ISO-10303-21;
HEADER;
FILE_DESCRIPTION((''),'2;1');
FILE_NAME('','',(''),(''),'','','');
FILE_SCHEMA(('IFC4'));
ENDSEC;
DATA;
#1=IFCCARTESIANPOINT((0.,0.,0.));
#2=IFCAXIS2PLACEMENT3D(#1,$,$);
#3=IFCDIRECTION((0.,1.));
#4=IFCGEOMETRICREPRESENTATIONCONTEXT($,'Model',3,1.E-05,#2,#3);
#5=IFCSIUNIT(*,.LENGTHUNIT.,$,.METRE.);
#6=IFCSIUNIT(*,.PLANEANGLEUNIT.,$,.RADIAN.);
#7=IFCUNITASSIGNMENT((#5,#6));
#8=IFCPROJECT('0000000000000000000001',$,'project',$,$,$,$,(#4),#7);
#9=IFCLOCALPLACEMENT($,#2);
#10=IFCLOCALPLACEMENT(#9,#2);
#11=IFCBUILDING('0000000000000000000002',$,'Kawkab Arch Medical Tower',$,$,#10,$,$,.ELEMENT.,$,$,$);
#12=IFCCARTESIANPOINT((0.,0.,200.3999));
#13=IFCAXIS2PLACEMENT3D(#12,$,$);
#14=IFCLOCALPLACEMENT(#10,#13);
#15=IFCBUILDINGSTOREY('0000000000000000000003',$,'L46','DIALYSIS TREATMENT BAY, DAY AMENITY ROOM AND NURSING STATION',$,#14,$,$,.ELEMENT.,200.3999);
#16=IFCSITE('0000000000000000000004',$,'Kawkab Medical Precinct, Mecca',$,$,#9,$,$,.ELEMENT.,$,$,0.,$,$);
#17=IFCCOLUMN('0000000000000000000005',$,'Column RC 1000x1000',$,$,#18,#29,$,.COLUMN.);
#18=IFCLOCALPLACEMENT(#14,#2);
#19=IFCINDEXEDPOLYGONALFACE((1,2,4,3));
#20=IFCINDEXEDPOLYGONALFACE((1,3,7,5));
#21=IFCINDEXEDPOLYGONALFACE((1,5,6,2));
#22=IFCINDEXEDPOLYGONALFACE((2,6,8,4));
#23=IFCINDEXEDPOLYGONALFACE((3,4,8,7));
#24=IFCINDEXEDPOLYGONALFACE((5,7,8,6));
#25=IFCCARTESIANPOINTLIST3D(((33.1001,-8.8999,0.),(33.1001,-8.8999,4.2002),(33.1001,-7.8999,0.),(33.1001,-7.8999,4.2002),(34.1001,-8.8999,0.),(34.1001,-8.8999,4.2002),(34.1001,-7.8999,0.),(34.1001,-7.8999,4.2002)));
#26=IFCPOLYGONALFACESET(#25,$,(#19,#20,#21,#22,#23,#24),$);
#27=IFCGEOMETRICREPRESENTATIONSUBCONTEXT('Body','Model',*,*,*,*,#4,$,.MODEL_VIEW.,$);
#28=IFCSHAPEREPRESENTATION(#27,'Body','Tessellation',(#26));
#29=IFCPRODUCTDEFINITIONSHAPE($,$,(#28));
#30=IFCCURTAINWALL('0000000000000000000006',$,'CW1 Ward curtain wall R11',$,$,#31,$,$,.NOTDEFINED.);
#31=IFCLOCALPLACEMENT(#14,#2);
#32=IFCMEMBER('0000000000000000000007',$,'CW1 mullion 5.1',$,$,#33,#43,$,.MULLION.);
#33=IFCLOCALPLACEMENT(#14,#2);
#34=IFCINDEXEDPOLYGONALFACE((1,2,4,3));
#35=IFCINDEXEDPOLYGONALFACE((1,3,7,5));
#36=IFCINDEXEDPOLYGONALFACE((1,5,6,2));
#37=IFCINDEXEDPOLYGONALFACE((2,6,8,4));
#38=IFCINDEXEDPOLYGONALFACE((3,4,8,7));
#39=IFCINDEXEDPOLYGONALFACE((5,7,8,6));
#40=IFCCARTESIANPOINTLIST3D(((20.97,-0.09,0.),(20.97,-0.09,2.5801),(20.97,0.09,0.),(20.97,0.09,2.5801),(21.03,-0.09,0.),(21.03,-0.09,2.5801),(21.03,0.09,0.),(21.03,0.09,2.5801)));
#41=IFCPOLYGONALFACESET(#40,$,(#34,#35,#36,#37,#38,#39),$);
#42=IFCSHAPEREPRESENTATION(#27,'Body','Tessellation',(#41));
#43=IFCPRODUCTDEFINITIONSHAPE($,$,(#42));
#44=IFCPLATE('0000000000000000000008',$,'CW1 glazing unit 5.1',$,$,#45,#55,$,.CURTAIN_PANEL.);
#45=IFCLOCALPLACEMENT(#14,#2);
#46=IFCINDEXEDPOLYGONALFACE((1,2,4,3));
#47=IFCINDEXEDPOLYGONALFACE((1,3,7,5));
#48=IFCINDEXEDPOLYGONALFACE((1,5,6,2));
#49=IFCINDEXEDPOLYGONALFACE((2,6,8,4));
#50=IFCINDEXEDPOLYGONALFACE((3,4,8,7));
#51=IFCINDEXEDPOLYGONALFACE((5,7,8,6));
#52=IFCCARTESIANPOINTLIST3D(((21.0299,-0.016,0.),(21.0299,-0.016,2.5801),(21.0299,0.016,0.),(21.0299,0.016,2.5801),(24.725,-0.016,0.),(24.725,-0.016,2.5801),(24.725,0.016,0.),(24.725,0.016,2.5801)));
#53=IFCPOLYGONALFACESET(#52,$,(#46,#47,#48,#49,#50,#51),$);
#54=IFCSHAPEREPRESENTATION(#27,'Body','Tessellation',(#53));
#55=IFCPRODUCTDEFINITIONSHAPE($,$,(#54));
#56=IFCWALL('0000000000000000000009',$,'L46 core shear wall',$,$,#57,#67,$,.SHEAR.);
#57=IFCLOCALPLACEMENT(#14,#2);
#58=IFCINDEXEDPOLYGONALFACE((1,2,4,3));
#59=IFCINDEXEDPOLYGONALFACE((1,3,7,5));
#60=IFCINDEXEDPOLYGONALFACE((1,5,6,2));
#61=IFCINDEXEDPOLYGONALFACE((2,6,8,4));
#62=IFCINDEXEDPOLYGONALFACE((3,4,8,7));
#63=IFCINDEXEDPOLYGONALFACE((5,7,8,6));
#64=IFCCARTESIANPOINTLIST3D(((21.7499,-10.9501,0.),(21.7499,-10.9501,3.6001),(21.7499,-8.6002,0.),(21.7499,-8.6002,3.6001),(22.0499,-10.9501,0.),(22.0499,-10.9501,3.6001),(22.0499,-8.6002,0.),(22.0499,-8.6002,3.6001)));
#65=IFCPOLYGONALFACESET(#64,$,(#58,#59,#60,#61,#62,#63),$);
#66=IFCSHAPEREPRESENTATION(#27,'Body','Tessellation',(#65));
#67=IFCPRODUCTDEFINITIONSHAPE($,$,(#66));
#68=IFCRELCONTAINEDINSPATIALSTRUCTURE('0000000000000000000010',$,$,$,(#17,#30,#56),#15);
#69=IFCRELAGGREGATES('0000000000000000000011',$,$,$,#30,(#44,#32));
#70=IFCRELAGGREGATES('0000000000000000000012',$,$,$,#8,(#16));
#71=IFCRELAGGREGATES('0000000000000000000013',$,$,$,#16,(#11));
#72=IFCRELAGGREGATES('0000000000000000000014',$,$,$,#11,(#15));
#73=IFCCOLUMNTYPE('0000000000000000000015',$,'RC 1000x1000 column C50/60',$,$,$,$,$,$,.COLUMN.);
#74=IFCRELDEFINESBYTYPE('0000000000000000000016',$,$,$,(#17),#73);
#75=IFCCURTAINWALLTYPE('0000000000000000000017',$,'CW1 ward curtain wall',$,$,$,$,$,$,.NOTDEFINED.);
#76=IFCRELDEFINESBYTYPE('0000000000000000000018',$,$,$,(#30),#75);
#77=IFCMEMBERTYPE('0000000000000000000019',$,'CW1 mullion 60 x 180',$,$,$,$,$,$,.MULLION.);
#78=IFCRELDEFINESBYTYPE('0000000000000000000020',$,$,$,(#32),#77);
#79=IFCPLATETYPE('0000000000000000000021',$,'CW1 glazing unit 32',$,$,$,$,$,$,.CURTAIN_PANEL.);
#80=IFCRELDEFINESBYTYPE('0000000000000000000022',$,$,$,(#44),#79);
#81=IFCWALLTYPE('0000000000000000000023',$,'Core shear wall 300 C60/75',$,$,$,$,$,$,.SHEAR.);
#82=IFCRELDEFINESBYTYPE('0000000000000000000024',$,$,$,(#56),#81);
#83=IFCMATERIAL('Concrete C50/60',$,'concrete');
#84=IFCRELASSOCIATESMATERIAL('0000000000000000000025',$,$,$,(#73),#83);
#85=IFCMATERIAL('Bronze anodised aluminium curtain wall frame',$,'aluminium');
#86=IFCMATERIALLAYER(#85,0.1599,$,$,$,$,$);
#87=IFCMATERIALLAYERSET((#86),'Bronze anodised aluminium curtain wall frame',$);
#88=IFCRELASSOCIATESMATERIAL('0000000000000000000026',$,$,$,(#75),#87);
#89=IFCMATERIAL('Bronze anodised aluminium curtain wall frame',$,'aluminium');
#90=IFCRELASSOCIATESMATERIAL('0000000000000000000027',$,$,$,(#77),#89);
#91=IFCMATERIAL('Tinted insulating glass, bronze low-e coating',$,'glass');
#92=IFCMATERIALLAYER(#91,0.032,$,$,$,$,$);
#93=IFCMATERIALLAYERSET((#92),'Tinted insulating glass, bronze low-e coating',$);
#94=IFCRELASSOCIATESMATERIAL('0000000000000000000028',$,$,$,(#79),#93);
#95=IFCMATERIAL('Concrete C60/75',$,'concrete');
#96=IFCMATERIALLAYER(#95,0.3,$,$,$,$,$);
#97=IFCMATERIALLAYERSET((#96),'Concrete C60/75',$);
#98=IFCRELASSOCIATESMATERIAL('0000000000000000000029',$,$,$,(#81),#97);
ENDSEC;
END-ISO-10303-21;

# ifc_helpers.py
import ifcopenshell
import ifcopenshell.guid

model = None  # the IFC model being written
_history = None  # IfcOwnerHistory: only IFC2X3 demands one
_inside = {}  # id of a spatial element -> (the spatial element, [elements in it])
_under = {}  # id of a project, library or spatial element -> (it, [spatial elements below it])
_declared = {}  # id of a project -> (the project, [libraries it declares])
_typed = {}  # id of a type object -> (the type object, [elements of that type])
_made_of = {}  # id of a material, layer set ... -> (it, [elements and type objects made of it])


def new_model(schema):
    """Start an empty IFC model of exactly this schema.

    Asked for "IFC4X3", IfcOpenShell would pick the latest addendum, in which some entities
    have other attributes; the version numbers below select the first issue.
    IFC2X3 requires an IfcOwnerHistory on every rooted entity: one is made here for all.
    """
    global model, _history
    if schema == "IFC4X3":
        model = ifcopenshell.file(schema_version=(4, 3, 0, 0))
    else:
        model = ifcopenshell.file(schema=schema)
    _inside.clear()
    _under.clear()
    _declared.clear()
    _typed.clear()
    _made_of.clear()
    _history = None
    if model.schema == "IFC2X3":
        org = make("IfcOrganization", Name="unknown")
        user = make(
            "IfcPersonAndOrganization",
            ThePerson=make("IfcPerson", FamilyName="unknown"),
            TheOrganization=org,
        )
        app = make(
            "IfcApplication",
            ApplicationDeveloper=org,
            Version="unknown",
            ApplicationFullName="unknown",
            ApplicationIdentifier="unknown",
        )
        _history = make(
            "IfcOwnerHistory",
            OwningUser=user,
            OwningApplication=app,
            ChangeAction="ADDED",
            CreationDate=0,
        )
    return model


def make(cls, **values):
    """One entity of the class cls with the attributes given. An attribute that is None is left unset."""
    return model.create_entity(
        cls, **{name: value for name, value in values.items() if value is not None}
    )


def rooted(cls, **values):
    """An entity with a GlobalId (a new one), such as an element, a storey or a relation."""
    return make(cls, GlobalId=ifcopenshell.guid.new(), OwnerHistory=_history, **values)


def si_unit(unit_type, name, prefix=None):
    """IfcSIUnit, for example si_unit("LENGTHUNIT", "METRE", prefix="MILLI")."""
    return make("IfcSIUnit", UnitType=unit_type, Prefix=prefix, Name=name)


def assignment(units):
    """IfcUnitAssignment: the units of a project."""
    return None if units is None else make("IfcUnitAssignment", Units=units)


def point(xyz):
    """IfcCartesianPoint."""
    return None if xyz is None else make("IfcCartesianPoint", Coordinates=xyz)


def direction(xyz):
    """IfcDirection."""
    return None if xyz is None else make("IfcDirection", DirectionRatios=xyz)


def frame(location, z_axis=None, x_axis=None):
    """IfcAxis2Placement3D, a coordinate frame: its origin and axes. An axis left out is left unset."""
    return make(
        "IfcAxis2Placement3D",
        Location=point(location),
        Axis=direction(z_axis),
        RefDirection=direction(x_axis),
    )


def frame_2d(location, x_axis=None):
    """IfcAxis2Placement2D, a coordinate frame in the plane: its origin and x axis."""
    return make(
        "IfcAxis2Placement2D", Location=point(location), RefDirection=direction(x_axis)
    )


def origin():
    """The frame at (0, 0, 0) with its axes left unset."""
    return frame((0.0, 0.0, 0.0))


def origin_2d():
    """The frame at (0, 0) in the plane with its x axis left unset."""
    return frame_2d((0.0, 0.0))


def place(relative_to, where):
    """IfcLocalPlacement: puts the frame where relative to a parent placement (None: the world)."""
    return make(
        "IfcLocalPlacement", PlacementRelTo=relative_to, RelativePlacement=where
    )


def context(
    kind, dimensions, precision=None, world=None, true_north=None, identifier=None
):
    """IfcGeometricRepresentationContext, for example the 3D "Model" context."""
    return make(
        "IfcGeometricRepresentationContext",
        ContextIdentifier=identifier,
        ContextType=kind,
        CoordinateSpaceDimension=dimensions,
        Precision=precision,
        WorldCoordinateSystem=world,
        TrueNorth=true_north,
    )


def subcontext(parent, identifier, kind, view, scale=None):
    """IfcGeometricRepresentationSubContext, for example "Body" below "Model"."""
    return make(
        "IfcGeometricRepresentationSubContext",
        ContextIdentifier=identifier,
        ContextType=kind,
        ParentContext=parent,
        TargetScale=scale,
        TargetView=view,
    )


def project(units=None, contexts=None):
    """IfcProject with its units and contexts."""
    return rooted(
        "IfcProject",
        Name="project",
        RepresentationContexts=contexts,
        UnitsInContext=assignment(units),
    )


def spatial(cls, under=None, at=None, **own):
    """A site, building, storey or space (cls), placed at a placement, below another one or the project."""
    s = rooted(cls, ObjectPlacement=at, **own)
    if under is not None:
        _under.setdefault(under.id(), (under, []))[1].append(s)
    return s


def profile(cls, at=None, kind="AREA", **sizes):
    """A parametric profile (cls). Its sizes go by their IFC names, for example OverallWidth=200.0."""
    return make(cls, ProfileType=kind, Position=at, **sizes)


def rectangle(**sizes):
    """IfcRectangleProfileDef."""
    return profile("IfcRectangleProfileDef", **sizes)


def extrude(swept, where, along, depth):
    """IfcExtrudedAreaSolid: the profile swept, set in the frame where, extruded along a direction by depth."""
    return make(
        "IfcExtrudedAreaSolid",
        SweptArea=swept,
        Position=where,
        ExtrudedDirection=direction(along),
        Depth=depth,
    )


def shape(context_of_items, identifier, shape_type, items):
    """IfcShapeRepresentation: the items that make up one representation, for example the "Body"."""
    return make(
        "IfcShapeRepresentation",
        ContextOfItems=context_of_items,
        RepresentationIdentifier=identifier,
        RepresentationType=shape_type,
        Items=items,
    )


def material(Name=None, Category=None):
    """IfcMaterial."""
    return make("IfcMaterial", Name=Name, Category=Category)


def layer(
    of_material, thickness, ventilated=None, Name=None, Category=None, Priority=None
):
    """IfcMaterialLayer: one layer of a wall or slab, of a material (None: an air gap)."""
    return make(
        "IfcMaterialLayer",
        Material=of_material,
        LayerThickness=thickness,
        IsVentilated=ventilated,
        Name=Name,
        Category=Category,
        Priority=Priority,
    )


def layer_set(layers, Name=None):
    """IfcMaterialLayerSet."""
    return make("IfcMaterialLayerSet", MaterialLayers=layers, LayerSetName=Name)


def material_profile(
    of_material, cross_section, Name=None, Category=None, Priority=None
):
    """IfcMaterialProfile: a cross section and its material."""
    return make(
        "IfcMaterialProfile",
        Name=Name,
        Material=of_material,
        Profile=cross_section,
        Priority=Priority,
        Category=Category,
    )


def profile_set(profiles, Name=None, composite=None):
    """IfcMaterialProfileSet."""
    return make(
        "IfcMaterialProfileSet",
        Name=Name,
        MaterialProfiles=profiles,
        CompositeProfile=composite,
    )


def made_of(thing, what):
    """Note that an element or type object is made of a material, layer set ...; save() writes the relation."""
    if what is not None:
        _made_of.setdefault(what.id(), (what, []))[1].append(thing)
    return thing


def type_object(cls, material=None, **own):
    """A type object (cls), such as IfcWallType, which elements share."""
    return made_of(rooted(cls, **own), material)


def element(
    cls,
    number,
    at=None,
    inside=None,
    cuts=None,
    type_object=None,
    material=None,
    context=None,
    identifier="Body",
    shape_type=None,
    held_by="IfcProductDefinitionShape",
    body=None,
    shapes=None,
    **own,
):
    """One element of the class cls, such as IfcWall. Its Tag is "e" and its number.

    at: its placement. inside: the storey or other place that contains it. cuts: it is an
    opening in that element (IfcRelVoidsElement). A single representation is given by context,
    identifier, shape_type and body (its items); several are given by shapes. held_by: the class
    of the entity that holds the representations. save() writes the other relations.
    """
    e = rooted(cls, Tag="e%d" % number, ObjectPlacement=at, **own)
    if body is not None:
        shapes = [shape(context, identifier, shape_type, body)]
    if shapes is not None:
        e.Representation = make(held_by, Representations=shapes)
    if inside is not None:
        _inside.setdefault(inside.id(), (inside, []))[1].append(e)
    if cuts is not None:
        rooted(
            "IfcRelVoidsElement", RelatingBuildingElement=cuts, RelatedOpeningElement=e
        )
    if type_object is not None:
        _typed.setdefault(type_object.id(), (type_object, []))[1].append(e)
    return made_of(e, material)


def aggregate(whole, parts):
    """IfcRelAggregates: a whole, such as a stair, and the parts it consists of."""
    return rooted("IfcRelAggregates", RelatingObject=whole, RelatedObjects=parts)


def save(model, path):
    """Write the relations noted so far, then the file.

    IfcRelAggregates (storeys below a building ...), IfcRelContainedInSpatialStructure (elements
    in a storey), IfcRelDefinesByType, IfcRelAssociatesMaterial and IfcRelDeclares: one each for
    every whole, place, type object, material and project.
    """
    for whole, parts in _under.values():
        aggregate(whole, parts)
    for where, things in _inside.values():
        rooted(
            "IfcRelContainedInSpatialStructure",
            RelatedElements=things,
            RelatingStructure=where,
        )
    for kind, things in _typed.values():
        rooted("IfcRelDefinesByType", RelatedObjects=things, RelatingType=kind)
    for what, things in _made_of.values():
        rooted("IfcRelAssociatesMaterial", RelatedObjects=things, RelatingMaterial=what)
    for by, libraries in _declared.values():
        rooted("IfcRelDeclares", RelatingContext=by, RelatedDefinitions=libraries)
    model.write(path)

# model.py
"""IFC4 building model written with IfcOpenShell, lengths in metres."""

from ifc_helpers import new_model, si_unit, direction, frame, frame_2d, origin, origin_2d, place, context, subcontext, project, spatial, rectangle, extrude, material, layer, layer_set, material_profile, profile_set, type_object, element, aggregate, save


model = new_model("IFC4")

# Units and contexts
model_context = context("Model", 3, precision=1e-05, world=origin(), true_north=direction((0.0, 1.0)))
body_context = subcontext(model_context, "Body", "Model", "MODEL_VIEW")
ifc_project = project(units=[si_unit("LENGTHUNIT", "METRE"), si_unit("PLANEANGLEUNIT", "RADIAN")], contexts=[model_context])

# Site, building, storey
site_placement = place(None, origin())
site = spatial("IfcSite", under=ifc_project, at=site_placement, Name="Kawkab Medical Precinct, Mecca", CompositionType="ELEMENT", RefElevation=0.0)
building_placement = place(site_placement, origin())
building = spatial("IfcBuilding", under=site, at=building_placement, Name="Kawkab Arch Medical Tower", CompositionType="ELEMENT")
storey_placement = place(building_placement, frame((0.0, 0.0, 200.3999)))
storey = spatial("IfcBuildingStorey", under=building, at=storey_placement, Name="L46", Description="DIALYSIS TREATMENT BAY, DAY AMENITY ROOM AND NURSING STATION", CompositionType="ELEMENT", Elevation=200.3999)

# Column
ifc_material_1 = material(Name="Concrete C50/60", Category="concrete")
ifc_material_profile_1 = material_profile(ifc_material_1, rectangle(XDim=1.0, YDim=1.0, at=origin_2d()), Name="RC 1000x1000")
ifc_profile_set_1 = profile_set([ifc_material_profile_1], Name="Concrete C50/60")
column_type = type_object("IfcColumnType", Name="RC 1000x1000 column C50/60", PredefinedType="COLUMN", material=ifc_profile_set_1)
column_placement = place(storey_placement, frame((33.6001, -8.3999, 0.0), z_axis=(0.0, 0.0, 1.0), x_axis=(1.0, 0.0, 0.0)))
element("IfcColumn", 1, at=column_placement, inside=storey, type_object=column_type, Name="Column RC 1000x1000", PredefinedType="COLUMN", context=body_context, shape_type="SweptSolid", body=[
    extrude(rectangle(XDim=1.0, YDim=1.0, at=origin_2d()), origin(), (0.0, 0.0, 1.0), 4.2002),
])

# Curtain wall, member, plate
ifc_material_2 = material(Name="Bronze anodised aluminium curtain wall frame", Category="aluminium")
ifc_layer_1 = layer(ifc_material_2, 0.1599)
ifc_layer_set_1 = layer_set([ifc_layer_1], Name="Bronze anodised aluminium curtain wall frame")
curtain_wall_type = type_object("IfcCurtainWallType", Name="CW1 ward curtain wall", PredefinedType="NOTDEFINED", material=ifc_layer_set_1)
placement = place(storey_placement, origin())
curtain_wall = element("IfcCurtainWall", 2, at=placement, inside=storey, type_object=curtain_wall_type, Name="CW1 Ward curtain wall R11", PredefinedType="NOTDEFINED")
ifc_material_3 = material(Name="Bronze anodised aluminium curtain wall frame", Category="aluminium")
ifc_material_profile_2 = material_profile(ifc_material_3, rectangle(XDim=0.1799, YDim=0.0601, at=origin_2d()), Name="AL 60x180")
ifc_profile_set_2 = profile_set([ifc_material_profile_2], Name="Bronze anodised aluminium curtain wall frame")
member_type = type_object("IfcMemberType", Name="CW1 mullion 60 x 180", PredefinedType="MULLION", material=ifc_profile_set_2)
member_placement = place(storey_placement, frame((21.0, 0.0, 0.0), z_axis=(0.0, 0.0, 1.0), x_axis=(0.0, -1.0, 0.0)))
member = element("IfcMember", 3, at=member_placement, type_object=member_type, Name="CW1 mullion 5.1", PredefinedType="MULLION", context=body_context, shape_type="SweptSolid", body=[
    extrude(rectangle(XDim=0.1799, YDim=0.0601, at=origin_2d()), origin(), (0.0, 0.0, 1.0), 2.5801),
])
ifc_material_4 = material(Name="Tinted insulating glass, bronze low-e coating", Category="glass")
ifc_layer_2 = layer(ifc_material_4, 0.032)
ifc_layer_set_2 = layer_set([ifc_layer_2], Name="Tinted insulating glass, bronze low-e coating")
plate_type = type_object("IfcPlateType", Name="CW1 glazing unit 32", PredefinedType="CURTAIN_PANEL", material=ifc_layer_set_2)
plate_placement = place(storey_placement, frame((22.8774, 0.0, 0.0), z_axis=(0.0, 0.0, 1.0), x_axis=(-1.0, 0.0, 0.0)))
plate = element("IfcPlate", 4, at=plate_placement, type_object=plate_type, Name="CW1 glazing unit 5.1", PredefinedType="CURTAIN_PANEL", context=body_context, shape_type="SweptSolid", body=[
    extrude(rectangle(XDim=3.6951, YDim=0.032, at=origin_2d()), origin(), (0.0, 0.0, 1.0), 2.5801),
])
aggregate(curtain_wall, [plate, member])

# Wall
ifc_material_5 = material(Name="Concrete C60/75", Category="concrete")
ifc_layer_3 = layer(ifc_material_5, 0.3)
ifc_layer_set_3 = layer_set([ifc_layer_3], Name="Concrete C60/75")
wall_type_1 = type_object("IfcWallType", Name="Core shear wall 300 C60/75", PredefinedType="SHEAR", material=ifc_layer_set_3)
wall_1_placement = place(storey_placement, frame((21.8999, -10.95, 0.0), z_axis=(0.0, 0.0, 1.0), x_axis=(0.0, 1.0, 0.0)))
element("IfcWall", 5, at=wall_1_placement, inside=storey, type_object=wall_type_1, Name="L46 core shear wall", PredefinedType="SHEAR", context=body_context, shape_type="SweptSolid", body=[
    extrude(rectangle(XDim=2.3499, YDim=0.3, at=frame_2d((1.1748, 0.0))), origin(), (0.0, 0.0, 1.0), 3.6001),
])

save(model, "model.ifc")
